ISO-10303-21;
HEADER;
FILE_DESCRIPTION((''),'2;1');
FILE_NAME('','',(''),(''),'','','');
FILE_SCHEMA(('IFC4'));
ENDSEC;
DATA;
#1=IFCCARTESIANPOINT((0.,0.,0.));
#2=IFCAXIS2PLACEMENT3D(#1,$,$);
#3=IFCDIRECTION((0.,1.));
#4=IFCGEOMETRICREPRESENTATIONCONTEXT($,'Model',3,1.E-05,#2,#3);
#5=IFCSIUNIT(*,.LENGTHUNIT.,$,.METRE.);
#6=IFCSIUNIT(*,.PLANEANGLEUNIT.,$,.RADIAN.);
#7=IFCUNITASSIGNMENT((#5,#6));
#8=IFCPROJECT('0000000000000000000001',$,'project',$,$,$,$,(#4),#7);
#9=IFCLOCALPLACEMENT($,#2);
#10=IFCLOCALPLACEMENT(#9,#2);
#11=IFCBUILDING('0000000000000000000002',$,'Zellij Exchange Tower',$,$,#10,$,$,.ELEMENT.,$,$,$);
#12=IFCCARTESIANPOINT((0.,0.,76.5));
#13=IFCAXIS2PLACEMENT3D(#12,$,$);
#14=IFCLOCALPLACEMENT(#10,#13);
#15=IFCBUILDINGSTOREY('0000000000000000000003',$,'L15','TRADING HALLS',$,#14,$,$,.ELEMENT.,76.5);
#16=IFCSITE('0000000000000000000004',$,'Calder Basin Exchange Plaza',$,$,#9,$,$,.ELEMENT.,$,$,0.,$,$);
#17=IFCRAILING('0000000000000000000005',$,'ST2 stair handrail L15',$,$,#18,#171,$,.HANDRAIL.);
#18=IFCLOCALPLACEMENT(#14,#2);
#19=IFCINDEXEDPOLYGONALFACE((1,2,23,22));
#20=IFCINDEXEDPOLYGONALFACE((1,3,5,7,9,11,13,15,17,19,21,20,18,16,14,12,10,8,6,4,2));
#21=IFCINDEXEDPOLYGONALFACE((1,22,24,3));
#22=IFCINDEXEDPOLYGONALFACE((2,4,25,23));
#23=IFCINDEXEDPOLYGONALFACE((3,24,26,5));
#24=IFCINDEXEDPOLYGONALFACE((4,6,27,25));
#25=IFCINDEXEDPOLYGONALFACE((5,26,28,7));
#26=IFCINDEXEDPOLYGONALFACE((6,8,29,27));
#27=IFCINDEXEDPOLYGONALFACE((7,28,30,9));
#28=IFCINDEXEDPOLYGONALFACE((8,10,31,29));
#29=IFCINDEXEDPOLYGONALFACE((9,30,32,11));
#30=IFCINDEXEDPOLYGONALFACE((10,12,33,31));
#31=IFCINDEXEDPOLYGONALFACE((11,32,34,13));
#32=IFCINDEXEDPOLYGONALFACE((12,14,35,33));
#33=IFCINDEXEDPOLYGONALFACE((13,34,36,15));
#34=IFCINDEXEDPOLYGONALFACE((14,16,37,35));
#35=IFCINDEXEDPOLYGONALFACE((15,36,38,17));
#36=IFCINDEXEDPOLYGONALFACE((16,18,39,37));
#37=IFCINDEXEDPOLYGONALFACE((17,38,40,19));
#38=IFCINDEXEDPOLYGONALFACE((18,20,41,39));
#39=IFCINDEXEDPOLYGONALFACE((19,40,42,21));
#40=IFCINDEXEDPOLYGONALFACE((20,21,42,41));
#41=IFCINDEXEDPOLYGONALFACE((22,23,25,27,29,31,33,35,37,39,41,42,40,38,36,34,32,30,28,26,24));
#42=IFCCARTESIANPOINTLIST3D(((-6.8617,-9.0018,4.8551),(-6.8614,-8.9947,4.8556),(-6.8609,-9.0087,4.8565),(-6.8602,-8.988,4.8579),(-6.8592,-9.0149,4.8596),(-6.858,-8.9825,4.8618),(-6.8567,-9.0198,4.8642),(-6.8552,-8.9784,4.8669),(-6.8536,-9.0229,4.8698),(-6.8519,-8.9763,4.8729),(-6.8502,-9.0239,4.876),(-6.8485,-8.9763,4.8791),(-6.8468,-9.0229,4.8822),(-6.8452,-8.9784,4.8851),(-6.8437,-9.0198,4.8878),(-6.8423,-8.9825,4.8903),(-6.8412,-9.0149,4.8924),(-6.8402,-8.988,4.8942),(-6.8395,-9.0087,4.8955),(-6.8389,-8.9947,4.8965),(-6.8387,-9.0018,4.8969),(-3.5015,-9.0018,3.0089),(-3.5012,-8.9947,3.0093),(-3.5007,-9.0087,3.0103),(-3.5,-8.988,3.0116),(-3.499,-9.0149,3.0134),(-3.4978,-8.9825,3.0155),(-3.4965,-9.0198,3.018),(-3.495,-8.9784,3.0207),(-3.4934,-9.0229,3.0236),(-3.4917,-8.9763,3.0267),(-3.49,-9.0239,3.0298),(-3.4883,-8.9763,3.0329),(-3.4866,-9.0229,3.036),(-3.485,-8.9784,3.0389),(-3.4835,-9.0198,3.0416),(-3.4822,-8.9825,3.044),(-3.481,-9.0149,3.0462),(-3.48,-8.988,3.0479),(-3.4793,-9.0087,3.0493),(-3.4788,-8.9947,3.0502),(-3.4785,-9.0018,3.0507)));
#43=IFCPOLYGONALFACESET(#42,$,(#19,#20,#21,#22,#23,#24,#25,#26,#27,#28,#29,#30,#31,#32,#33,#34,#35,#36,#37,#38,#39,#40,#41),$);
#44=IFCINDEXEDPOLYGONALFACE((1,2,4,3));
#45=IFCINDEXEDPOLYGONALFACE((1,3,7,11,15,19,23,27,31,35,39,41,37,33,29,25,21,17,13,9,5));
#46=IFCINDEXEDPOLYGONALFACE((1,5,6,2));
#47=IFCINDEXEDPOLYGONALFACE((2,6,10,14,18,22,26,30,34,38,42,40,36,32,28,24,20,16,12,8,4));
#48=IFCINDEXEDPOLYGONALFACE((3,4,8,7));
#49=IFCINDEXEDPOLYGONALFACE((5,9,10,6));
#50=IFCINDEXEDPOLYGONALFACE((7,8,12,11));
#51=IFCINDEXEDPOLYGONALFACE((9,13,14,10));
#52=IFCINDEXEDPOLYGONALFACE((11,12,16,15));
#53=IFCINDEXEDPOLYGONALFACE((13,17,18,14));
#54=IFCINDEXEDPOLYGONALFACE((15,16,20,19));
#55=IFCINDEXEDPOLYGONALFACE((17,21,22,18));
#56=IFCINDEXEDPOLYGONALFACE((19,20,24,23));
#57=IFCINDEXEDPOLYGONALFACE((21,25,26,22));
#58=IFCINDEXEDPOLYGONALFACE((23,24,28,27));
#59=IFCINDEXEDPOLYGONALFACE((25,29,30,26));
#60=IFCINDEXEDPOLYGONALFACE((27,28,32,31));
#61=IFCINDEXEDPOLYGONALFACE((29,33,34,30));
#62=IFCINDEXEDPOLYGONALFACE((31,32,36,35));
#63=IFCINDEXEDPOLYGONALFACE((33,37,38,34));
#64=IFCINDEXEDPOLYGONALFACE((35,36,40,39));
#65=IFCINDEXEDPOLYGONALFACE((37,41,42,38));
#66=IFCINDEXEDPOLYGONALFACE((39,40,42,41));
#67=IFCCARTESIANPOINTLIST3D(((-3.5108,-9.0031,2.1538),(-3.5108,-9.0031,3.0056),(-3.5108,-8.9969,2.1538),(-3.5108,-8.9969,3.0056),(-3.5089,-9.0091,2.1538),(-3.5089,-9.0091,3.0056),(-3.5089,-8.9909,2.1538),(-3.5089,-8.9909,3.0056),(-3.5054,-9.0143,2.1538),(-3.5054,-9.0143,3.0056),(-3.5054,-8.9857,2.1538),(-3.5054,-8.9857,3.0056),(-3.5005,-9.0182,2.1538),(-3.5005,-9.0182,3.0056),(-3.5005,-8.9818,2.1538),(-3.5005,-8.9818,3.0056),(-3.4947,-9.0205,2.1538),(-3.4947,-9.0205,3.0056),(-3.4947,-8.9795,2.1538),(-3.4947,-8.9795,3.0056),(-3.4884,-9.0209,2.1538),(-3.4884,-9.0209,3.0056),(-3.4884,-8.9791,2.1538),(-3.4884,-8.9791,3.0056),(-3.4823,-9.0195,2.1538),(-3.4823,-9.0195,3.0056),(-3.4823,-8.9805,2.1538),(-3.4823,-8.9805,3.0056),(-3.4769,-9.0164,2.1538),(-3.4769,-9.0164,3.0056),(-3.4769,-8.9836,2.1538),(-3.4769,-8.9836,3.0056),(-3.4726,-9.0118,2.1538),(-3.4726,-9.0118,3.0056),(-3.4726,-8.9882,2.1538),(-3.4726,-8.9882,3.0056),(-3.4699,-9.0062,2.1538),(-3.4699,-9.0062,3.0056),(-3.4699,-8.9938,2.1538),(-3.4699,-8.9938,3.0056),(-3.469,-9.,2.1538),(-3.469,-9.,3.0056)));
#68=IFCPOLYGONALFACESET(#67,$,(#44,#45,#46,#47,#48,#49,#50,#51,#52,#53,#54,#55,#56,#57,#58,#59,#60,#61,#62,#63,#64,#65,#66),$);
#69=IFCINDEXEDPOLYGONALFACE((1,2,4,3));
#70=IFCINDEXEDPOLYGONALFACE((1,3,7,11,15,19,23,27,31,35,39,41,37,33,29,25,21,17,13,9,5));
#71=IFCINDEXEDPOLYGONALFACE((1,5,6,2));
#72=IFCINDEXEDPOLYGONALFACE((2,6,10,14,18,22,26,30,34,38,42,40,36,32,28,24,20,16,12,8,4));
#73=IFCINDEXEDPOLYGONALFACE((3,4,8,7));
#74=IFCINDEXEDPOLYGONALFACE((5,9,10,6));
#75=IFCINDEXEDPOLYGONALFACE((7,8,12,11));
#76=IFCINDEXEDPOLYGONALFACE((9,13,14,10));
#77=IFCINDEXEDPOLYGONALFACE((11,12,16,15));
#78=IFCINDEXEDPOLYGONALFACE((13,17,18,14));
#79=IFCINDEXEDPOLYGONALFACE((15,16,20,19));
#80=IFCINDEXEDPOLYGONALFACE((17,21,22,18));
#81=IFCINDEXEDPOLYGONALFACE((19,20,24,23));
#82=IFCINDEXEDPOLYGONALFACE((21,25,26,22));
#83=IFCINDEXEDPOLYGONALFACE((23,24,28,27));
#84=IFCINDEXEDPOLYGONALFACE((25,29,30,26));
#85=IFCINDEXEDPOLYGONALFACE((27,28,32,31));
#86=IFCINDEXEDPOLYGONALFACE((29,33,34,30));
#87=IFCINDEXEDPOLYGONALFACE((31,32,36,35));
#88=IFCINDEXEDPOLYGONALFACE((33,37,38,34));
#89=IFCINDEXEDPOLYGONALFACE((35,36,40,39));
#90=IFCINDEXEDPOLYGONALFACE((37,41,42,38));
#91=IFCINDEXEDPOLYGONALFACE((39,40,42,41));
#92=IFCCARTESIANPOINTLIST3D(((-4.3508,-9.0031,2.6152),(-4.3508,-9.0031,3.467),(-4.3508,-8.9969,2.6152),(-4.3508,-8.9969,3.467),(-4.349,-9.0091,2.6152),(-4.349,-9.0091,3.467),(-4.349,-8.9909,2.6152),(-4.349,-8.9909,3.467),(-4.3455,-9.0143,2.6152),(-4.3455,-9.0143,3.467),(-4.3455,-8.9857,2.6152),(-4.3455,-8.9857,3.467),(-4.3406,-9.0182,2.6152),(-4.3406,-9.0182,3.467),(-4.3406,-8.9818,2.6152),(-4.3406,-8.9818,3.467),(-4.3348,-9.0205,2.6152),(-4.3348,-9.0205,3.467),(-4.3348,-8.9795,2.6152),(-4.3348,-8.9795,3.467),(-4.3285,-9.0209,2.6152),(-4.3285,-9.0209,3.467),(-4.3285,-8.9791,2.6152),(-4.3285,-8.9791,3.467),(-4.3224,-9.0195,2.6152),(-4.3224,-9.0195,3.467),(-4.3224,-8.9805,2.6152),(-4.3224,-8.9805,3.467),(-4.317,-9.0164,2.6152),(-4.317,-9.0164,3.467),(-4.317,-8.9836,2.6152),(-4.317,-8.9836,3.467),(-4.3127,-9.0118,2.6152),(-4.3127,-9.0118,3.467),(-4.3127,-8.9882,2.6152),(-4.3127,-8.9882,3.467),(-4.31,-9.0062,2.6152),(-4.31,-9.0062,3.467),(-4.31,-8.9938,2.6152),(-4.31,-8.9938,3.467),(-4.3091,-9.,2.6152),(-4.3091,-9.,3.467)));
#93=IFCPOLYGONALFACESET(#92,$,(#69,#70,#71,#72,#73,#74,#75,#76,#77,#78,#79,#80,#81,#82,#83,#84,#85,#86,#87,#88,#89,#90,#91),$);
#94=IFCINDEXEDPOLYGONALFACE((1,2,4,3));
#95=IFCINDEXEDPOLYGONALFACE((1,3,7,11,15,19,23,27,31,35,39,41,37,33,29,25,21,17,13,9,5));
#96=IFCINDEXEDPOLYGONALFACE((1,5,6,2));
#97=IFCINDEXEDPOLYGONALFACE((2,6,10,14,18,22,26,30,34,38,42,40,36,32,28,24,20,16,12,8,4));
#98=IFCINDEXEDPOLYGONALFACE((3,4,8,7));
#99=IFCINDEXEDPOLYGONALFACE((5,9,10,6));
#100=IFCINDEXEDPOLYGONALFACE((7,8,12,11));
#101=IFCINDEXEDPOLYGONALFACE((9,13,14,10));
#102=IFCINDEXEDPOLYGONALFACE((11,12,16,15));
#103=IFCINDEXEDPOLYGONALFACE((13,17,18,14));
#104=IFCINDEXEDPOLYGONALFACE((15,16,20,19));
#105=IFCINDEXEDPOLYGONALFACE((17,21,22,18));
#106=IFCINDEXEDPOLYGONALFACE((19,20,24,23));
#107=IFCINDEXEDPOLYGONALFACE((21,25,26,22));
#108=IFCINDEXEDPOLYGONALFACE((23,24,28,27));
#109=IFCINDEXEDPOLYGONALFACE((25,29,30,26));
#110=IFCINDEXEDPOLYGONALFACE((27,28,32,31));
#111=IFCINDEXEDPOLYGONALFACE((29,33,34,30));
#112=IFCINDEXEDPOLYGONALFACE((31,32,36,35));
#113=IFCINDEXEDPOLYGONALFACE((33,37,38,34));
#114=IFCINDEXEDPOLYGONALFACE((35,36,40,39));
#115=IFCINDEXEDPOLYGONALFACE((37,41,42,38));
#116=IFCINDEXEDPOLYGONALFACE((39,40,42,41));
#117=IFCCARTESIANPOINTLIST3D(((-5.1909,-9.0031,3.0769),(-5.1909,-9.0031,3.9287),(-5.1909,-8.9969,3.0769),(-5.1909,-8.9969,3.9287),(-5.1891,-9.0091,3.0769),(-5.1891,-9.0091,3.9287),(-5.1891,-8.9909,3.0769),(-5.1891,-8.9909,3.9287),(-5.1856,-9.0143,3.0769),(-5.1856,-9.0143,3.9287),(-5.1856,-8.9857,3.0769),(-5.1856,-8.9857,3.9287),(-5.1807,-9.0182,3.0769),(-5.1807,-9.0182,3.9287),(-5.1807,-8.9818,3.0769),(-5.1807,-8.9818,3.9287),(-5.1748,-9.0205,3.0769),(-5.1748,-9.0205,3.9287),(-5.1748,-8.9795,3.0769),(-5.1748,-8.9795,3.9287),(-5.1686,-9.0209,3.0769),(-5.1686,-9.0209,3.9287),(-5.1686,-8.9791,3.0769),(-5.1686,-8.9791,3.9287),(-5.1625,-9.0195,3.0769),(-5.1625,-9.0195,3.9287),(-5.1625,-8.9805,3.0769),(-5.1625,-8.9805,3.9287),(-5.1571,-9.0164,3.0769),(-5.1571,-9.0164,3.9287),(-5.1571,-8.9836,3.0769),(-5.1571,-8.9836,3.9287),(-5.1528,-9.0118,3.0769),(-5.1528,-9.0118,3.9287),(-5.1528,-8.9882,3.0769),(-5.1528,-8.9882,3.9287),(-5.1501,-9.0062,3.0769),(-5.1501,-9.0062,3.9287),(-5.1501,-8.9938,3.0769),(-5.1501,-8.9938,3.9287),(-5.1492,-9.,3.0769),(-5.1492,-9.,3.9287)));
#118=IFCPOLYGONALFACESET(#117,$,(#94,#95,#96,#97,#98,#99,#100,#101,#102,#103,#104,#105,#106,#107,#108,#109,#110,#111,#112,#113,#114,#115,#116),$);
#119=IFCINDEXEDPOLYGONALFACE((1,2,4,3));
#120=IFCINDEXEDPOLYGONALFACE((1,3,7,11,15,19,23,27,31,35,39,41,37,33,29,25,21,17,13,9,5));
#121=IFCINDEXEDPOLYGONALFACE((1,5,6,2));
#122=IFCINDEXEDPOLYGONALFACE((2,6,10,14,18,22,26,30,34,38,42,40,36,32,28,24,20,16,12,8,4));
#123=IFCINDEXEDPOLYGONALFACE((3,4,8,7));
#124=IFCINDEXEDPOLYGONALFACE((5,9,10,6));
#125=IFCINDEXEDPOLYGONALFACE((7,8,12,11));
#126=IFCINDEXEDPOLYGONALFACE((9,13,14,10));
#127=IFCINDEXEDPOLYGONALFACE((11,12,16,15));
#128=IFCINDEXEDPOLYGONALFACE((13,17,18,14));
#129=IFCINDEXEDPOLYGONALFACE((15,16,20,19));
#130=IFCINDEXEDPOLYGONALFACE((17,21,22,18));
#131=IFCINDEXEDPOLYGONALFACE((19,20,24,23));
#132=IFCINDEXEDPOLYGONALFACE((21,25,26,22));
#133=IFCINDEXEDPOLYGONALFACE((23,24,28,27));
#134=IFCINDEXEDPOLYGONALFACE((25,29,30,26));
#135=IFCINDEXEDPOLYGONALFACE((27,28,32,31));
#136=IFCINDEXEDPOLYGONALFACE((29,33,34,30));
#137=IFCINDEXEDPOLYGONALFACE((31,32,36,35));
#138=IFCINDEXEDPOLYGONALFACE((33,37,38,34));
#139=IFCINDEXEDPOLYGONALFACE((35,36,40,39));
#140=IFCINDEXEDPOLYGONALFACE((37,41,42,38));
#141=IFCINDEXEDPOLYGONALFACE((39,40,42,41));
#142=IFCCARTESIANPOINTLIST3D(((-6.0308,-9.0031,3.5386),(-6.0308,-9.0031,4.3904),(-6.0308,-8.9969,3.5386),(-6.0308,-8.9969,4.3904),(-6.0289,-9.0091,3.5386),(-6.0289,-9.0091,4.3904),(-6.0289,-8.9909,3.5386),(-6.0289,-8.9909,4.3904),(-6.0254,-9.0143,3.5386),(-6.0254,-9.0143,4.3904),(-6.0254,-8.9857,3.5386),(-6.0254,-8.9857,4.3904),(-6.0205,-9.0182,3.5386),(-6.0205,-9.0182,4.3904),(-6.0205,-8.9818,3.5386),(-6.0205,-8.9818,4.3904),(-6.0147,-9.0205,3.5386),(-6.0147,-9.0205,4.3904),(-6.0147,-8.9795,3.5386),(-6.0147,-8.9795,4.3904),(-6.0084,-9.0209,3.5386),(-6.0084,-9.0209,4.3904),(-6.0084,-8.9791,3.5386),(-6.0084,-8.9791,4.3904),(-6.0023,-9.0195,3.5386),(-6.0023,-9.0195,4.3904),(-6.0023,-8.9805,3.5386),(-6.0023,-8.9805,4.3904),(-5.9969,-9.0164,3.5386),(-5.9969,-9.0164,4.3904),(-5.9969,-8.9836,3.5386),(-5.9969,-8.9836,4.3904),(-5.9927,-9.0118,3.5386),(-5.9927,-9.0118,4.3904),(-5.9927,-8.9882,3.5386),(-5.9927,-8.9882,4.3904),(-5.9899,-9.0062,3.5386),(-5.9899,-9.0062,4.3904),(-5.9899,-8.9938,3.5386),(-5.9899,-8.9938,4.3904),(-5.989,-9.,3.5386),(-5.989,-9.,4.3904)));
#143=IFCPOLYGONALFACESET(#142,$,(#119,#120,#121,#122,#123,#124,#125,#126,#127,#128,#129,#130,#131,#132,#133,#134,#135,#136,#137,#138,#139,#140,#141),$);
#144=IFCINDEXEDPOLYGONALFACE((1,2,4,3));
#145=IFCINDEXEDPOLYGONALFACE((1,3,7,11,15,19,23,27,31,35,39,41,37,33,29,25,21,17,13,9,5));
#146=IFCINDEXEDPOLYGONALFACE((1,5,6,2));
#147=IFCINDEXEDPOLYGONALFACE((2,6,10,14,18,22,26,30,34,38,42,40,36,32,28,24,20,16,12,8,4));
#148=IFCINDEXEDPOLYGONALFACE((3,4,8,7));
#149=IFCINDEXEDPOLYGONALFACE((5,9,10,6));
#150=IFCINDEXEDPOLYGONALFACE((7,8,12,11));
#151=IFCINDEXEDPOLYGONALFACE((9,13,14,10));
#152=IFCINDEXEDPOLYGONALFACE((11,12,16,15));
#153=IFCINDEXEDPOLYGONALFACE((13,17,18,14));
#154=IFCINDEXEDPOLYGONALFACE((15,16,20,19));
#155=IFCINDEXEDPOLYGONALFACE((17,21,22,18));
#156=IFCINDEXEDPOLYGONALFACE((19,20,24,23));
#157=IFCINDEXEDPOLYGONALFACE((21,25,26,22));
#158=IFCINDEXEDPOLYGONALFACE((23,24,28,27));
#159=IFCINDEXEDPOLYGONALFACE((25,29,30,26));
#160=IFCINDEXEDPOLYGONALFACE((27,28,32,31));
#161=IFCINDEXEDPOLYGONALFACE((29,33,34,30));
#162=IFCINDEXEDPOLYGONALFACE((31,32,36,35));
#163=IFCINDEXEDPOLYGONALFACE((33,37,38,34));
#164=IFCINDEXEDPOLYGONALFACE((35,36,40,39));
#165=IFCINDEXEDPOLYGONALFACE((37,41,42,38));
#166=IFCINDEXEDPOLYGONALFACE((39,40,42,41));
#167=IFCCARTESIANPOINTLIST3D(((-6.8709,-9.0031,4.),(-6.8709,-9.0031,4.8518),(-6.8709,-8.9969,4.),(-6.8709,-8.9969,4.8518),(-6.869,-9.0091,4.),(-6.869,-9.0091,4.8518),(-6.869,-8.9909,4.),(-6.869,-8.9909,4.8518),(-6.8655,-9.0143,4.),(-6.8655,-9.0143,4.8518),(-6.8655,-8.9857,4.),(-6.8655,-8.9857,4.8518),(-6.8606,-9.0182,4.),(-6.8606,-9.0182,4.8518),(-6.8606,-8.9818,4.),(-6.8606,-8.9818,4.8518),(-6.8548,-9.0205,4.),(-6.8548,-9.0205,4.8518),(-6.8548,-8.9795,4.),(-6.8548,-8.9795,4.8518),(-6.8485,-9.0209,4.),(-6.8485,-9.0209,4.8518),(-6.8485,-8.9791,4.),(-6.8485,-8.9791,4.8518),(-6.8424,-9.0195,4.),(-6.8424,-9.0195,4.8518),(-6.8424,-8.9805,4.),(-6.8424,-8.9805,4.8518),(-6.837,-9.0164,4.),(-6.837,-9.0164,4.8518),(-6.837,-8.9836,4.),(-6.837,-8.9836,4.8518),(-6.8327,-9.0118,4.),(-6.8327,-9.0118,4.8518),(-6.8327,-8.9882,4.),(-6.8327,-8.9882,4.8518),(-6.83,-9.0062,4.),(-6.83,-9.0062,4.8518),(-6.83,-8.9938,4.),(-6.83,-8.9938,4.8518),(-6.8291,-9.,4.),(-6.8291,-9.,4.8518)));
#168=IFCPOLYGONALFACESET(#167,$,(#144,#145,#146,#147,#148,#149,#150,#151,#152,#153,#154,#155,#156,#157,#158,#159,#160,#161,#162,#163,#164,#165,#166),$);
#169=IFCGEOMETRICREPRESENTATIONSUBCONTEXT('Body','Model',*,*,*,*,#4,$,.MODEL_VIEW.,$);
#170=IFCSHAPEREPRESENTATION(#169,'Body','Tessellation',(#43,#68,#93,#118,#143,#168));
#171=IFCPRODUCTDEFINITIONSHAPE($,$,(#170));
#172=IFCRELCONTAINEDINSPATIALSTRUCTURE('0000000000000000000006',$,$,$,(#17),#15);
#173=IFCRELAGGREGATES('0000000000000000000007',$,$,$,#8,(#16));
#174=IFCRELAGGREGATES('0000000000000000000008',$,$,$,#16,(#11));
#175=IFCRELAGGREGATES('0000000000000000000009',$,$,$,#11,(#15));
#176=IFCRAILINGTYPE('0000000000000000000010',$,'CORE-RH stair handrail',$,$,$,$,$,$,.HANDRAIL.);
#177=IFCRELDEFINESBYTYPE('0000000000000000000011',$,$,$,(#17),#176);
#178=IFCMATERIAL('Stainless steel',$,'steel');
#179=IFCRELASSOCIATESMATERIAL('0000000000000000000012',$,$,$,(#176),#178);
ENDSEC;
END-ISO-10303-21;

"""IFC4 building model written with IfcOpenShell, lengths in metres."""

from ifc_helpers import new_model, si_unit, direction, frame, origin, origin_2d, place, context, subcontext, project, spatial, circle, extrude, material, type_object, element, save


model = new_model("IFC4")

# Units and contexts
model_context = context("Model", 3, precision=1e-05, world=origin(), true_north=direction((0.0, 1.0)))
body_context = subcontext(model_context, "Body", "Model", "MODEL_VIEW")
ifc_project = project(units=[si_unit("LENGTHUNIT", "METRE"), si_unit("PLANEANGLEUNIT", "RADIAN")], contexts=[model_context])

# Site, building, storey
site_placement = place(None, origin())
site = spatial("IfcSite", under=ifc_project, at=site_placement, Name="Calder Basin Exchange Plaza", CompositionType="ELEMENT", RefElevation=0.0)
building_placement = place(site_placement, origin())
building = spatial("IfcBuilding", under=site, at=building_placement, Name="Zellij Exchange Tower", CompositionType="ELEMENT")
storey_placement = place(building_placement, frame((0.0, 0.0, 76.5)))
storey = spatial("IfcBuildingStorey", under=building, at=storey_placement, Name="L15", Description="TRADING HALLS", CompositionType="ELEMENT", Elevation=76.5)

# Railing
ifc_material_1 = material(Name="Stainless steel", Category="steel")
railing_type_1 = type_object("IfcRailingType", Name="CORE-RH stair handrail", PredefinedType="HANDRAIL", material=ifc_material_1)
railing_1_placement = place(storey_placement, frame((-3.49, -9.0, 2.1538)))
element("IfcRailing", 1, at=railing_1_placement, inside=storey, type_object=railing_type_1, Name="ST2 stair handrail L15", PredefinedType="HANDRAIL", context=body_context, shape_type="SweptSolid", body=[
    extrude(circle(Radius=0.0239, at=origin_2d()), frame((0.0, 0.0, 0.876), z_axis=(-0.876422, 0.0, 0.481545), x_axis=(0.0, -1.0, 0.0)), (0.0, 0.0, 1.0), 3.834),
    extrude(circle(Radius=0.021, at=origin_2d()), origin(), (0.0, 0.0, 1.0), 0.8518),
    extrude(circle(Radius=0.021, at=origin_2d()), frame((-0.8401, 0.0, 0.4614)), (0.0, 0.0, 1.0), 0.8518),
    extrude(circle(Radius=0.021, at=origin_2d()), frame((-1.6802, 0.0, 0.9231)), (0.0, 0.0, 1.0), 0.8518),
    extrude(circle(Radius=0.021, at=origin_2d()), frame((-2.52, 0.0, 1.3848)), (0.0, 0.0, 1.0), 0.8518),
    extrude(circle(Radius=0.021, at=origin_2d()), frame((-3.3601, 0.0, 1.8462)), (0.0, 0.0, 1.0), 0.8518),
])

save(model, "model.ifc")
